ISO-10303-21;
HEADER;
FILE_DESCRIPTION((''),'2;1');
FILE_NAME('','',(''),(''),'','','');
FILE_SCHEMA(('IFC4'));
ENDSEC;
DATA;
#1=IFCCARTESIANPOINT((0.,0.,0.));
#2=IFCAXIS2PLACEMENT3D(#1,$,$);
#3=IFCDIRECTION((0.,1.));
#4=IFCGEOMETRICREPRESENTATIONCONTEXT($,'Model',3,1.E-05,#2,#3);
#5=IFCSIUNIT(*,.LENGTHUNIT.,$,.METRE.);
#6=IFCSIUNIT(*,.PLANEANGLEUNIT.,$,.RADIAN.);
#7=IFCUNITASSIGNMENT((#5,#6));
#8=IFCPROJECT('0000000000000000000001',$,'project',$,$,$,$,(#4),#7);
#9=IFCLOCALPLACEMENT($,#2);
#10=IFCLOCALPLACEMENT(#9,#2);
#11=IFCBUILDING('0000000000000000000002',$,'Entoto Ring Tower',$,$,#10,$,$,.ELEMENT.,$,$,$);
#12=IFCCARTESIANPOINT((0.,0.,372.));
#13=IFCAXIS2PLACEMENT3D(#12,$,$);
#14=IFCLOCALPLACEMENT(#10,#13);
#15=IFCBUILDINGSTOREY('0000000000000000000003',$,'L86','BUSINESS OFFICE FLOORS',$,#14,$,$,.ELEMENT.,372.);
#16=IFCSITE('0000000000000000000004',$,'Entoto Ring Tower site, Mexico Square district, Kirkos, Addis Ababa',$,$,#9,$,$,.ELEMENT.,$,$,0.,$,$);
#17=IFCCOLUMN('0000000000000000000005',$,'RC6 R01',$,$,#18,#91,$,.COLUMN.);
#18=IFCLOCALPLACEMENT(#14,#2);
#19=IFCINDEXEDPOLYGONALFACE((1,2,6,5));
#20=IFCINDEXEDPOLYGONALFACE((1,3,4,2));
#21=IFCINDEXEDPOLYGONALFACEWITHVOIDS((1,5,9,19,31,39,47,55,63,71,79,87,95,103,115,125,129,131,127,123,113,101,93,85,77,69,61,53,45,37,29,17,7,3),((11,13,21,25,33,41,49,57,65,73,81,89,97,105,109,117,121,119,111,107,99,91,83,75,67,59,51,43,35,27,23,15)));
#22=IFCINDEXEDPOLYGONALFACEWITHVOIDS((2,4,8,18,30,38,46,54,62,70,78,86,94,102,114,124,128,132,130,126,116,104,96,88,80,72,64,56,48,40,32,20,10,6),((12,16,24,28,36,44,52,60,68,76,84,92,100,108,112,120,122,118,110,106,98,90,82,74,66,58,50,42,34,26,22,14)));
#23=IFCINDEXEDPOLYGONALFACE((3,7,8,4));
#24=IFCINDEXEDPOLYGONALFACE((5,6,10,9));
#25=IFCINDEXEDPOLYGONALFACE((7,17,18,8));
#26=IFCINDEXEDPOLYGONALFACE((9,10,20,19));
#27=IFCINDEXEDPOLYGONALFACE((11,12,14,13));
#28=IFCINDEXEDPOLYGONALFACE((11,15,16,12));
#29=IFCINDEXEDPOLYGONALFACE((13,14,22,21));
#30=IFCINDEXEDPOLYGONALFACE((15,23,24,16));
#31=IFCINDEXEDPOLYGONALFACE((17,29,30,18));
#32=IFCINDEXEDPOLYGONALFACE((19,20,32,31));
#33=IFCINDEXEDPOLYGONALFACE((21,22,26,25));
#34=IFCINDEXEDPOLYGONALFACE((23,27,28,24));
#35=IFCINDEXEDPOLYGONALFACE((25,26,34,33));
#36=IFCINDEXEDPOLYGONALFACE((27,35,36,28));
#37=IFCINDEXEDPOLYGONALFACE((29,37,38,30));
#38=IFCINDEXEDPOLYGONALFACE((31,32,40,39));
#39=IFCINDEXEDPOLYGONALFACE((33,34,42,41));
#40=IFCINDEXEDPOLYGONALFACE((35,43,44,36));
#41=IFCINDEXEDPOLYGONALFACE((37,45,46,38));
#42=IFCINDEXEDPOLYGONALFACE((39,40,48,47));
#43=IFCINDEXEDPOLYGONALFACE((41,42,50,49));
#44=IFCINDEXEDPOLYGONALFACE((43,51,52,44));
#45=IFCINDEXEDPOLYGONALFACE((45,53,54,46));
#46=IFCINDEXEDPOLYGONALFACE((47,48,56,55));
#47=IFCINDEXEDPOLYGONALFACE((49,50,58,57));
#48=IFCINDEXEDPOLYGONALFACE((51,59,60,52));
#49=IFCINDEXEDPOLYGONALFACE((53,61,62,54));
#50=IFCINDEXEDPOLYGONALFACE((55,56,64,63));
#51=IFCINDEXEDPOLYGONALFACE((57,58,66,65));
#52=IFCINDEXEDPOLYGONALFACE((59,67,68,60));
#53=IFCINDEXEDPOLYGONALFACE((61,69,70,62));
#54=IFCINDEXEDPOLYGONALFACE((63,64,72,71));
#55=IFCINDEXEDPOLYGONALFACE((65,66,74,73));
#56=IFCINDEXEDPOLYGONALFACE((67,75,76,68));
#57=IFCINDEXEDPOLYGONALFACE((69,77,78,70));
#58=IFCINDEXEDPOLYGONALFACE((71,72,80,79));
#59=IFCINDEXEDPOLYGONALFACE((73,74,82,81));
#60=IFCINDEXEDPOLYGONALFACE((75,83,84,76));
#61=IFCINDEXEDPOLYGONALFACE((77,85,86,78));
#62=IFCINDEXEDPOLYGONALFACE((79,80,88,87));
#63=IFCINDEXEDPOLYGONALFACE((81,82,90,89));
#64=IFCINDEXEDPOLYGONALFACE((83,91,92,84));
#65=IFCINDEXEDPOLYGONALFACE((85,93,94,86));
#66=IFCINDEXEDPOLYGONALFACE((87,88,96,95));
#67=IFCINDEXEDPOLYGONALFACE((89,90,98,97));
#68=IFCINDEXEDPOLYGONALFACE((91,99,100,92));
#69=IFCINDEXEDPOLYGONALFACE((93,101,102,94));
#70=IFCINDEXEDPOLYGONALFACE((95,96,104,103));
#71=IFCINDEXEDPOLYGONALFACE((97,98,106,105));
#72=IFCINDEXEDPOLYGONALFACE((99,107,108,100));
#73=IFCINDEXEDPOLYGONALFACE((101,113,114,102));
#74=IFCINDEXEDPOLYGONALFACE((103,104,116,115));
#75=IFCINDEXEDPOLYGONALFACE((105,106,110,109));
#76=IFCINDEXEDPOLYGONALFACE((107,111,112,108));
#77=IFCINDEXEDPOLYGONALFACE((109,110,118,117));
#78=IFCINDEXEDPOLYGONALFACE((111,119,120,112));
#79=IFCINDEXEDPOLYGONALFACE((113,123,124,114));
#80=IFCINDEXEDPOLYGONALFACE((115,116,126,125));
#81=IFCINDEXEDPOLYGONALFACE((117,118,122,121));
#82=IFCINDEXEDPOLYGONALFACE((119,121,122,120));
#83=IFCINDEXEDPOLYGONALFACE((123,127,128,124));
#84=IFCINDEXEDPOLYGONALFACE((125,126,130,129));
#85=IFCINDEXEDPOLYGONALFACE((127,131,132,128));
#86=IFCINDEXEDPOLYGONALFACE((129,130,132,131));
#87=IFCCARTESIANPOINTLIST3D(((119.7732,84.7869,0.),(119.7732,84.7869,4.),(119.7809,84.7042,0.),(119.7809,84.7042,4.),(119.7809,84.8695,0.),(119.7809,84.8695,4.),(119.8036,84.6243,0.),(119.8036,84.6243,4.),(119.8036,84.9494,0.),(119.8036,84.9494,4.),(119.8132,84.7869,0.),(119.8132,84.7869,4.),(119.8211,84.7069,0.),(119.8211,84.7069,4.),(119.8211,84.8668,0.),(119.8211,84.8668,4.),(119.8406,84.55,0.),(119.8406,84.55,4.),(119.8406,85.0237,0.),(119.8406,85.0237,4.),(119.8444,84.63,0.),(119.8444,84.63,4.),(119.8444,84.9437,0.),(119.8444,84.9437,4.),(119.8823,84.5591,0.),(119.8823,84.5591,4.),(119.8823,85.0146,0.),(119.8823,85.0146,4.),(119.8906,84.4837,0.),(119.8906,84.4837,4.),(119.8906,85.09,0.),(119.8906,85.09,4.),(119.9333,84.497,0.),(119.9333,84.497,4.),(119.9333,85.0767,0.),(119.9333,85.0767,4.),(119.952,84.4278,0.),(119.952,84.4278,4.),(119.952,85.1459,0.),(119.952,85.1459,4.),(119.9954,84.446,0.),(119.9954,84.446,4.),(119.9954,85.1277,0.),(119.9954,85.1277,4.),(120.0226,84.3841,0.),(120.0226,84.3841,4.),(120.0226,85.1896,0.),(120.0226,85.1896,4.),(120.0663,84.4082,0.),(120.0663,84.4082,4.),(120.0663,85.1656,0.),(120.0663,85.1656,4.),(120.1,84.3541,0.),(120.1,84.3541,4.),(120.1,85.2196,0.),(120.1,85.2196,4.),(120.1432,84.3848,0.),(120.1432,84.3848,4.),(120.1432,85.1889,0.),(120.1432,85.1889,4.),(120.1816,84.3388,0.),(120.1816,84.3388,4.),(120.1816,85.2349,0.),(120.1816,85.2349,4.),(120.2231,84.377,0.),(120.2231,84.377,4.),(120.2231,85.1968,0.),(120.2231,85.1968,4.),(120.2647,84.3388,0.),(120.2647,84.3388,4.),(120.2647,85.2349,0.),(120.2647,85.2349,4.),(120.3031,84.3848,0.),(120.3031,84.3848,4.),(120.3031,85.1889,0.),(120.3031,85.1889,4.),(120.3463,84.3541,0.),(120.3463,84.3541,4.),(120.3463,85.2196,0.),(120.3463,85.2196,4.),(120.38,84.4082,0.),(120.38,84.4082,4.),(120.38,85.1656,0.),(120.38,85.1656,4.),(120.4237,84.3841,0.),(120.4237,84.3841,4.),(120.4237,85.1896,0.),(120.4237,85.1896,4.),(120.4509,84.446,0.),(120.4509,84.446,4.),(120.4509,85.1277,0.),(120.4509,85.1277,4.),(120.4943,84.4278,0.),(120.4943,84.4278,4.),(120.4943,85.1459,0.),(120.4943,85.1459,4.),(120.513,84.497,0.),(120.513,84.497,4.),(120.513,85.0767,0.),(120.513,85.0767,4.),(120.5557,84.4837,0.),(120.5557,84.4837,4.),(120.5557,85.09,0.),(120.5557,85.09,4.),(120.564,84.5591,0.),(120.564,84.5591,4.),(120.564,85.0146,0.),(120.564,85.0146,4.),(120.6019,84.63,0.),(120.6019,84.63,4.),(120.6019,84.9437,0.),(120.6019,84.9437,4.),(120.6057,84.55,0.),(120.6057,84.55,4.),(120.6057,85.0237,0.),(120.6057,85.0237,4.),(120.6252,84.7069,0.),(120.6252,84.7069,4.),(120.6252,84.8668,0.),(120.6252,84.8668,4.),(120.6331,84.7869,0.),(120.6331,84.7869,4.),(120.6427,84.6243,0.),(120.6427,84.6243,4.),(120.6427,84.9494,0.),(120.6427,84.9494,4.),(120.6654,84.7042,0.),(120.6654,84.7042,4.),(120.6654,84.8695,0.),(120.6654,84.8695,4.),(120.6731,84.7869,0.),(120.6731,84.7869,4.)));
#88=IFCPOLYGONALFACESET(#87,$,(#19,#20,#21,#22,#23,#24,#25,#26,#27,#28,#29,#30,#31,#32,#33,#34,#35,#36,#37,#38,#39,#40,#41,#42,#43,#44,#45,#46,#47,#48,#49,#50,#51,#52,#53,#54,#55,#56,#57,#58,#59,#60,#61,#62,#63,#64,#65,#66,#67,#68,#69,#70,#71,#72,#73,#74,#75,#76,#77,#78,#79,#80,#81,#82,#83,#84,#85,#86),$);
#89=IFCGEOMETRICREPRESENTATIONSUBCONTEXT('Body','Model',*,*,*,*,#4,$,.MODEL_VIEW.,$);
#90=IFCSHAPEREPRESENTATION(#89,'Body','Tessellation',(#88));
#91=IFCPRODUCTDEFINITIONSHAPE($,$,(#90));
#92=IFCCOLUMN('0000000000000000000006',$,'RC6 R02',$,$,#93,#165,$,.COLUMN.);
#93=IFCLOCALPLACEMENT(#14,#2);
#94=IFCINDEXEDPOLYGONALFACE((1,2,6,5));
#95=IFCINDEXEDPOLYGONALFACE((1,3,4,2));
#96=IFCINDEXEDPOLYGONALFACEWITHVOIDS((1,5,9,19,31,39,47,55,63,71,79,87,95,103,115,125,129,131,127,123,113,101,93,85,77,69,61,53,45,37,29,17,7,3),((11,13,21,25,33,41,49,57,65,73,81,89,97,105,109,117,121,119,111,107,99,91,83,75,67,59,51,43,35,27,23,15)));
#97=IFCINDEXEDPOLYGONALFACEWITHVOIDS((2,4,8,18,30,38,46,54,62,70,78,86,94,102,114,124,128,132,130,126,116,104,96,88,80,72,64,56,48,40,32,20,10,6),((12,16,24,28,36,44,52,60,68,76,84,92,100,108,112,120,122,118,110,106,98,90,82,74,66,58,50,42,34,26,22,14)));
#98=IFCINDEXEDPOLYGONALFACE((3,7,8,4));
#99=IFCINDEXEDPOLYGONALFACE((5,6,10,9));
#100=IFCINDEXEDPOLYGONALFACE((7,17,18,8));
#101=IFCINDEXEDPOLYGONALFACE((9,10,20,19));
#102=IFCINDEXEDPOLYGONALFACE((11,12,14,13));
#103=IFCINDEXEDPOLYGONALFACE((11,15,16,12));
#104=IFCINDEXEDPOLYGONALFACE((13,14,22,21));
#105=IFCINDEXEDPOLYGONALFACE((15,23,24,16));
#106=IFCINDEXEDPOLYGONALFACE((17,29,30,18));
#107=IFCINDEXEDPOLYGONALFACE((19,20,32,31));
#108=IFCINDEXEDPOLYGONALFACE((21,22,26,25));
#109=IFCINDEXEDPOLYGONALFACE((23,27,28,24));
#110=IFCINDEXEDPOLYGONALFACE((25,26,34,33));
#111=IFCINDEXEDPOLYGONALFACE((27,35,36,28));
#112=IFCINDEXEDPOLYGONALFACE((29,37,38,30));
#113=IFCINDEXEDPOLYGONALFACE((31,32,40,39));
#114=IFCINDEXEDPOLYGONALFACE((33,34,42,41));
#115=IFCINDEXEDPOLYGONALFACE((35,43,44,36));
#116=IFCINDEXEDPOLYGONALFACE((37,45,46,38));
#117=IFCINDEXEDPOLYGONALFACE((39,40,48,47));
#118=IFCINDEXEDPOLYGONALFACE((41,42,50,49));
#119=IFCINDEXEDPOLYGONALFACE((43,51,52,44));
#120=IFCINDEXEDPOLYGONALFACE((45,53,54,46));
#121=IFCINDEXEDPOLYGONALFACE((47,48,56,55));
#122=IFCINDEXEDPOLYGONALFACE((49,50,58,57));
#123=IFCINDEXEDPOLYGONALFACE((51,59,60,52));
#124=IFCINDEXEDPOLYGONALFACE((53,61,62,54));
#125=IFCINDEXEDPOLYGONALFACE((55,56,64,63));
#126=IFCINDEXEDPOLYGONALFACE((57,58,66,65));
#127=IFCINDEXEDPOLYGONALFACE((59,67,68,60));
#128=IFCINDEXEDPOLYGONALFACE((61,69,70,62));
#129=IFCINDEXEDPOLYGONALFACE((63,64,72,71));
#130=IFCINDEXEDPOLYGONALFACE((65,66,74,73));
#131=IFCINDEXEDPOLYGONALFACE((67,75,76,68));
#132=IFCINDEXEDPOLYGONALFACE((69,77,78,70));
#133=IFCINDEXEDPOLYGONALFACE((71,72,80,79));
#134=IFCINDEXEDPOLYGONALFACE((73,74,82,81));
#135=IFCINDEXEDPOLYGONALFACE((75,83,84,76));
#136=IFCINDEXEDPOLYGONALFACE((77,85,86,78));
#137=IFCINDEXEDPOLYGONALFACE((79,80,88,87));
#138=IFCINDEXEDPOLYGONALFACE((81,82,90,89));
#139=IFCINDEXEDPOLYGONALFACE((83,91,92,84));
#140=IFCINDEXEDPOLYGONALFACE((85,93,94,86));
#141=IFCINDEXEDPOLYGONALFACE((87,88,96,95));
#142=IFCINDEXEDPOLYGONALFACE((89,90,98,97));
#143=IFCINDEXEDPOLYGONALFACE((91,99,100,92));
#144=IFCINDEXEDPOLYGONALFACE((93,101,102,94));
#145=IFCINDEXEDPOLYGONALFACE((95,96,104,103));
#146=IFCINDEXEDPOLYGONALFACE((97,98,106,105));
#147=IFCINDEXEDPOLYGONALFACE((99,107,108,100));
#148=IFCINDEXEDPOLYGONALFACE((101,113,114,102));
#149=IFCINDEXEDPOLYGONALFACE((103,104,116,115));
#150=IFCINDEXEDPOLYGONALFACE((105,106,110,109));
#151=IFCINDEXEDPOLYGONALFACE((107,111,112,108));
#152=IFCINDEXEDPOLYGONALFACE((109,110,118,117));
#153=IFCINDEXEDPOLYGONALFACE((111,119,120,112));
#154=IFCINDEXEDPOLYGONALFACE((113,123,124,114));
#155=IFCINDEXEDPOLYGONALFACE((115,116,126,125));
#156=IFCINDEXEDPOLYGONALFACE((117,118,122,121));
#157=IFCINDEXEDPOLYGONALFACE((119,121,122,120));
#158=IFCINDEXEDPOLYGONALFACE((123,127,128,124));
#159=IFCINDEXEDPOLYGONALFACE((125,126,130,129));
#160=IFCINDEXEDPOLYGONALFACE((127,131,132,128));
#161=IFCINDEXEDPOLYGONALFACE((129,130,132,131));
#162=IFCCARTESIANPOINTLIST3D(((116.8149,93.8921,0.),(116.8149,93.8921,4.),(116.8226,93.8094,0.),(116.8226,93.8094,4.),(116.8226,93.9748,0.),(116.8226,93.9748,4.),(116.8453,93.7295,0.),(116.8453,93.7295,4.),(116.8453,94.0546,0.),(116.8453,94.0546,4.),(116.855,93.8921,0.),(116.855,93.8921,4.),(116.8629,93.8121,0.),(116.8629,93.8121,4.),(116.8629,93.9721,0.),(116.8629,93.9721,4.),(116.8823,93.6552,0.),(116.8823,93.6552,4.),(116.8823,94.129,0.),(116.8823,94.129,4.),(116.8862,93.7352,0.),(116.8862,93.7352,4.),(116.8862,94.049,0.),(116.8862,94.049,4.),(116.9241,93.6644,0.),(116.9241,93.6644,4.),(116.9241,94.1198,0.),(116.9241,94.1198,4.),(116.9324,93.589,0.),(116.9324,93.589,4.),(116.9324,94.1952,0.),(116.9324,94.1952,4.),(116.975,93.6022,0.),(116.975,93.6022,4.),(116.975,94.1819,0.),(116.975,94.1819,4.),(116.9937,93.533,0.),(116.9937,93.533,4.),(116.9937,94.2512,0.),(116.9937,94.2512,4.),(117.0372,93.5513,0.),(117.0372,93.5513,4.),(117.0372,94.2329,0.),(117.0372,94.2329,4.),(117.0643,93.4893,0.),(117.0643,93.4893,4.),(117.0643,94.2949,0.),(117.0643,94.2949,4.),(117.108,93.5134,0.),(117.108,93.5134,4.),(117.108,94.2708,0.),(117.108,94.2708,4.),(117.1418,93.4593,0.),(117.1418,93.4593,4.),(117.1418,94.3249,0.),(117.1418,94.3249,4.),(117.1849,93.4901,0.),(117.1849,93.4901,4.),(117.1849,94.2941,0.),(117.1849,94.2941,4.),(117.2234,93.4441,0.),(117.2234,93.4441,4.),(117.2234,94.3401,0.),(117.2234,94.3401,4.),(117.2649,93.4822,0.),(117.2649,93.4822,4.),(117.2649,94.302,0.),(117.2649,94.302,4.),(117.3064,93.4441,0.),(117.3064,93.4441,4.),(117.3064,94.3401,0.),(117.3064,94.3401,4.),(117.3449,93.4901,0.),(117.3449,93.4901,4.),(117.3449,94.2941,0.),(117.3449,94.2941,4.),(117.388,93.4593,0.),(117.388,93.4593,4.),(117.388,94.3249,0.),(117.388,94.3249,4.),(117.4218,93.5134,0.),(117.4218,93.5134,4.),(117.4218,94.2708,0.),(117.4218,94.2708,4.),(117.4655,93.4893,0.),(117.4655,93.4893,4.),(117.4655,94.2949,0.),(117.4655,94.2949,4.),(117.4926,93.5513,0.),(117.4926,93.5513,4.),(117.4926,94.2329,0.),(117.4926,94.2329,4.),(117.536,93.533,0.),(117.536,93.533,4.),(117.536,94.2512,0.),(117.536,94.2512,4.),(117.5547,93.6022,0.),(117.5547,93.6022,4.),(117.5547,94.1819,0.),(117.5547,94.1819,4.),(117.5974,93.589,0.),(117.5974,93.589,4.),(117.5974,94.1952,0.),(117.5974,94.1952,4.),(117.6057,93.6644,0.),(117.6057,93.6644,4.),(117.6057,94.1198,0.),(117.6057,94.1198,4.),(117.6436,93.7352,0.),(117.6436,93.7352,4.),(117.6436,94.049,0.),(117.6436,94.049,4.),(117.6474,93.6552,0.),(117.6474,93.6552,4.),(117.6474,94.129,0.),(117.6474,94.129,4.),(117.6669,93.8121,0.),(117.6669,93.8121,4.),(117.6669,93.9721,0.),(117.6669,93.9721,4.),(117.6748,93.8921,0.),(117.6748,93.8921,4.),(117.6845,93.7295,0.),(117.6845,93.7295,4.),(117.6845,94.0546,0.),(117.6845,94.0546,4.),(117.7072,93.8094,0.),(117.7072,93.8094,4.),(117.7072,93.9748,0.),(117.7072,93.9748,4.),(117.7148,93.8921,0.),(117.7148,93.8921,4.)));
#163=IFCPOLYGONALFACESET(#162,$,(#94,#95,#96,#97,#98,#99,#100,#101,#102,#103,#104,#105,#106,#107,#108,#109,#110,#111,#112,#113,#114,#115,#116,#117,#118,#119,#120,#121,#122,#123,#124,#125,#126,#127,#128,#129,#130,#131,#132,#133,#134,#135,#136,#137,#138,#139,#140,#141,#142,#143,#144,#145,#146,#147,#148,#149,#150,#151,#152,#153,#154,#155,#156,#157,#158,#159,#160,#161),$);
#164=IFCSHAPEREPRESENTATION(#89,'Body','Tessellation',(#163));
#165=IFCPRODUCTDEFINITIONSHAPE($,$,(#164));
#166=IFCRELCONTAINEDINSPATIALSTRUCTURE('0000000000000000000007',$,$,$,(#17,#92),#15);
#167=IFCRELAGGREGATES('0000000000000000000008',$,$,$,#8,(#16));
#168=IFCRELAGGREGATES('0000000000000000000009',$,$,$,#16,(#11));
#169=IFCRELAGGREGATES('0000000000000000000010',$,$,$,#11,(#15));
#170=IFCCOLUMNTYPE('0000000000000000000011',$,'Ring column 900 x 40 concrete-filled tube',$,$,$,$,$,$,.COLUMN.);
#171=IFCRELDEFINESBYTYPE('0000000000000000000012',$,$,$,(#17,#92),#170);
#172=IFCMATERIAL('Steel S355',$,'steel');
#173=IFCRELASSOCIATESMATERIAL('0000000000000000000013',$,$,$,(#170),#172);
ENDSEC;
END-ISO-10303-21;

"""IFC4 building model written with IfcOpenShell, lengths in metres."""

from ifc_helpers import new_model, si_unit, direction, frame, origin, origin_2d, place, context, subcontext, project, spatial, circle, hollow_circle, extrude, material, material_profile, profile_set, type_object, element, save


model = new_model("IFC4")

# Units and contexts
model_context = context("Model", 3, precision=1e-05, world=origin(), true_north=direction((0.0, 1.0)))
body_context = subcontext(model_context, "Body", "Model", "MODEL_VIEW")
ifc_project = project(units=[si_unit("LENGTHUNIT", "METRE"), si_unit("PLANEANGLEUNIT", "RADIAN")], contexts=[model_context])

# Site, building, storey
site_placement = place(None, origin())
site = spatial("IfcSite", under=ifc_project, at=site_placement, Name="Entoto Ring Tower site, Mexico Square district, Kirkos, Addis Ababa", CompositionType="ELEMENT", RefElevation=0.0)
building_placement = place(site_placement, origin())
building = spatial("IfcBuilding", under=site, at=building_placement, Name="Entoto Ring Tower", CompositionType="ELEMENT")
storey_placement = place(building_placement, frame((0.0, 0.0, 372.0)))
storey = spatial("IfcBuildingStorey", under=building, at=storey_placement, Name="L86", Description="BUSINESS OFFICE FLOORS", CompositionType="ELEMENT", Elevation=372.0)

# Columns
ifc_material_1 = material(Name="Steel S355", Category="steel")
ifc_material_profile_1 = material_profile(ifc_material_1, hollow_circle(Radius=0.45, WallThickness=0.04, at=origin_2d()), Name="CHS 900 x 40")
ifc_material_2 = material(Name="Concrete C60/75", Category="concrete")
ifc_material_profile_2 = material_profile(ifc_material_2, circle(Radius=0.4099, at=origin_2d()), Name="Concrete C60/75 infill")
ifc_profile_set_1 = profile_set([ifc_material_profile_1, ifc_material_profile_2], Name="Steel S355")
column_type = type_object("IfcColumnType", Name="Ring column 900 x 40 concrete-filled tube", PredefinedType="COLUMN", material=ifc_profile_set_1)
for number, where, z_axis, x_axis, name in (
    (1, (120.2231, 84.7869, 0.0), (0.0, 0.0, 1.0), (1.0, 0.0, 0.0), "RC6 R01"),
    (2, (117.2649, 93.8921, 0.0), (0.0, 0.0, 1.0), (1.0, 0.0, 0.0), "RC6 R02"),
):
    element("IfcColumn", number, at=place(storey_placement, frame(where, z_axis=z_axis, x_axis=x_axis)), inside=storey, type_object=column_type, Name=name, PredefinedType="COLUMN", context=body_context, shape_type="SweptSolid", body=[
        extrude(hollow_circle(Radius=0.45, WallThickness=0.04, at=origin_2d()), origin(), (0.0, 0.0, 1.0), 4.0),
    ])

save(model, "model.ifc")
